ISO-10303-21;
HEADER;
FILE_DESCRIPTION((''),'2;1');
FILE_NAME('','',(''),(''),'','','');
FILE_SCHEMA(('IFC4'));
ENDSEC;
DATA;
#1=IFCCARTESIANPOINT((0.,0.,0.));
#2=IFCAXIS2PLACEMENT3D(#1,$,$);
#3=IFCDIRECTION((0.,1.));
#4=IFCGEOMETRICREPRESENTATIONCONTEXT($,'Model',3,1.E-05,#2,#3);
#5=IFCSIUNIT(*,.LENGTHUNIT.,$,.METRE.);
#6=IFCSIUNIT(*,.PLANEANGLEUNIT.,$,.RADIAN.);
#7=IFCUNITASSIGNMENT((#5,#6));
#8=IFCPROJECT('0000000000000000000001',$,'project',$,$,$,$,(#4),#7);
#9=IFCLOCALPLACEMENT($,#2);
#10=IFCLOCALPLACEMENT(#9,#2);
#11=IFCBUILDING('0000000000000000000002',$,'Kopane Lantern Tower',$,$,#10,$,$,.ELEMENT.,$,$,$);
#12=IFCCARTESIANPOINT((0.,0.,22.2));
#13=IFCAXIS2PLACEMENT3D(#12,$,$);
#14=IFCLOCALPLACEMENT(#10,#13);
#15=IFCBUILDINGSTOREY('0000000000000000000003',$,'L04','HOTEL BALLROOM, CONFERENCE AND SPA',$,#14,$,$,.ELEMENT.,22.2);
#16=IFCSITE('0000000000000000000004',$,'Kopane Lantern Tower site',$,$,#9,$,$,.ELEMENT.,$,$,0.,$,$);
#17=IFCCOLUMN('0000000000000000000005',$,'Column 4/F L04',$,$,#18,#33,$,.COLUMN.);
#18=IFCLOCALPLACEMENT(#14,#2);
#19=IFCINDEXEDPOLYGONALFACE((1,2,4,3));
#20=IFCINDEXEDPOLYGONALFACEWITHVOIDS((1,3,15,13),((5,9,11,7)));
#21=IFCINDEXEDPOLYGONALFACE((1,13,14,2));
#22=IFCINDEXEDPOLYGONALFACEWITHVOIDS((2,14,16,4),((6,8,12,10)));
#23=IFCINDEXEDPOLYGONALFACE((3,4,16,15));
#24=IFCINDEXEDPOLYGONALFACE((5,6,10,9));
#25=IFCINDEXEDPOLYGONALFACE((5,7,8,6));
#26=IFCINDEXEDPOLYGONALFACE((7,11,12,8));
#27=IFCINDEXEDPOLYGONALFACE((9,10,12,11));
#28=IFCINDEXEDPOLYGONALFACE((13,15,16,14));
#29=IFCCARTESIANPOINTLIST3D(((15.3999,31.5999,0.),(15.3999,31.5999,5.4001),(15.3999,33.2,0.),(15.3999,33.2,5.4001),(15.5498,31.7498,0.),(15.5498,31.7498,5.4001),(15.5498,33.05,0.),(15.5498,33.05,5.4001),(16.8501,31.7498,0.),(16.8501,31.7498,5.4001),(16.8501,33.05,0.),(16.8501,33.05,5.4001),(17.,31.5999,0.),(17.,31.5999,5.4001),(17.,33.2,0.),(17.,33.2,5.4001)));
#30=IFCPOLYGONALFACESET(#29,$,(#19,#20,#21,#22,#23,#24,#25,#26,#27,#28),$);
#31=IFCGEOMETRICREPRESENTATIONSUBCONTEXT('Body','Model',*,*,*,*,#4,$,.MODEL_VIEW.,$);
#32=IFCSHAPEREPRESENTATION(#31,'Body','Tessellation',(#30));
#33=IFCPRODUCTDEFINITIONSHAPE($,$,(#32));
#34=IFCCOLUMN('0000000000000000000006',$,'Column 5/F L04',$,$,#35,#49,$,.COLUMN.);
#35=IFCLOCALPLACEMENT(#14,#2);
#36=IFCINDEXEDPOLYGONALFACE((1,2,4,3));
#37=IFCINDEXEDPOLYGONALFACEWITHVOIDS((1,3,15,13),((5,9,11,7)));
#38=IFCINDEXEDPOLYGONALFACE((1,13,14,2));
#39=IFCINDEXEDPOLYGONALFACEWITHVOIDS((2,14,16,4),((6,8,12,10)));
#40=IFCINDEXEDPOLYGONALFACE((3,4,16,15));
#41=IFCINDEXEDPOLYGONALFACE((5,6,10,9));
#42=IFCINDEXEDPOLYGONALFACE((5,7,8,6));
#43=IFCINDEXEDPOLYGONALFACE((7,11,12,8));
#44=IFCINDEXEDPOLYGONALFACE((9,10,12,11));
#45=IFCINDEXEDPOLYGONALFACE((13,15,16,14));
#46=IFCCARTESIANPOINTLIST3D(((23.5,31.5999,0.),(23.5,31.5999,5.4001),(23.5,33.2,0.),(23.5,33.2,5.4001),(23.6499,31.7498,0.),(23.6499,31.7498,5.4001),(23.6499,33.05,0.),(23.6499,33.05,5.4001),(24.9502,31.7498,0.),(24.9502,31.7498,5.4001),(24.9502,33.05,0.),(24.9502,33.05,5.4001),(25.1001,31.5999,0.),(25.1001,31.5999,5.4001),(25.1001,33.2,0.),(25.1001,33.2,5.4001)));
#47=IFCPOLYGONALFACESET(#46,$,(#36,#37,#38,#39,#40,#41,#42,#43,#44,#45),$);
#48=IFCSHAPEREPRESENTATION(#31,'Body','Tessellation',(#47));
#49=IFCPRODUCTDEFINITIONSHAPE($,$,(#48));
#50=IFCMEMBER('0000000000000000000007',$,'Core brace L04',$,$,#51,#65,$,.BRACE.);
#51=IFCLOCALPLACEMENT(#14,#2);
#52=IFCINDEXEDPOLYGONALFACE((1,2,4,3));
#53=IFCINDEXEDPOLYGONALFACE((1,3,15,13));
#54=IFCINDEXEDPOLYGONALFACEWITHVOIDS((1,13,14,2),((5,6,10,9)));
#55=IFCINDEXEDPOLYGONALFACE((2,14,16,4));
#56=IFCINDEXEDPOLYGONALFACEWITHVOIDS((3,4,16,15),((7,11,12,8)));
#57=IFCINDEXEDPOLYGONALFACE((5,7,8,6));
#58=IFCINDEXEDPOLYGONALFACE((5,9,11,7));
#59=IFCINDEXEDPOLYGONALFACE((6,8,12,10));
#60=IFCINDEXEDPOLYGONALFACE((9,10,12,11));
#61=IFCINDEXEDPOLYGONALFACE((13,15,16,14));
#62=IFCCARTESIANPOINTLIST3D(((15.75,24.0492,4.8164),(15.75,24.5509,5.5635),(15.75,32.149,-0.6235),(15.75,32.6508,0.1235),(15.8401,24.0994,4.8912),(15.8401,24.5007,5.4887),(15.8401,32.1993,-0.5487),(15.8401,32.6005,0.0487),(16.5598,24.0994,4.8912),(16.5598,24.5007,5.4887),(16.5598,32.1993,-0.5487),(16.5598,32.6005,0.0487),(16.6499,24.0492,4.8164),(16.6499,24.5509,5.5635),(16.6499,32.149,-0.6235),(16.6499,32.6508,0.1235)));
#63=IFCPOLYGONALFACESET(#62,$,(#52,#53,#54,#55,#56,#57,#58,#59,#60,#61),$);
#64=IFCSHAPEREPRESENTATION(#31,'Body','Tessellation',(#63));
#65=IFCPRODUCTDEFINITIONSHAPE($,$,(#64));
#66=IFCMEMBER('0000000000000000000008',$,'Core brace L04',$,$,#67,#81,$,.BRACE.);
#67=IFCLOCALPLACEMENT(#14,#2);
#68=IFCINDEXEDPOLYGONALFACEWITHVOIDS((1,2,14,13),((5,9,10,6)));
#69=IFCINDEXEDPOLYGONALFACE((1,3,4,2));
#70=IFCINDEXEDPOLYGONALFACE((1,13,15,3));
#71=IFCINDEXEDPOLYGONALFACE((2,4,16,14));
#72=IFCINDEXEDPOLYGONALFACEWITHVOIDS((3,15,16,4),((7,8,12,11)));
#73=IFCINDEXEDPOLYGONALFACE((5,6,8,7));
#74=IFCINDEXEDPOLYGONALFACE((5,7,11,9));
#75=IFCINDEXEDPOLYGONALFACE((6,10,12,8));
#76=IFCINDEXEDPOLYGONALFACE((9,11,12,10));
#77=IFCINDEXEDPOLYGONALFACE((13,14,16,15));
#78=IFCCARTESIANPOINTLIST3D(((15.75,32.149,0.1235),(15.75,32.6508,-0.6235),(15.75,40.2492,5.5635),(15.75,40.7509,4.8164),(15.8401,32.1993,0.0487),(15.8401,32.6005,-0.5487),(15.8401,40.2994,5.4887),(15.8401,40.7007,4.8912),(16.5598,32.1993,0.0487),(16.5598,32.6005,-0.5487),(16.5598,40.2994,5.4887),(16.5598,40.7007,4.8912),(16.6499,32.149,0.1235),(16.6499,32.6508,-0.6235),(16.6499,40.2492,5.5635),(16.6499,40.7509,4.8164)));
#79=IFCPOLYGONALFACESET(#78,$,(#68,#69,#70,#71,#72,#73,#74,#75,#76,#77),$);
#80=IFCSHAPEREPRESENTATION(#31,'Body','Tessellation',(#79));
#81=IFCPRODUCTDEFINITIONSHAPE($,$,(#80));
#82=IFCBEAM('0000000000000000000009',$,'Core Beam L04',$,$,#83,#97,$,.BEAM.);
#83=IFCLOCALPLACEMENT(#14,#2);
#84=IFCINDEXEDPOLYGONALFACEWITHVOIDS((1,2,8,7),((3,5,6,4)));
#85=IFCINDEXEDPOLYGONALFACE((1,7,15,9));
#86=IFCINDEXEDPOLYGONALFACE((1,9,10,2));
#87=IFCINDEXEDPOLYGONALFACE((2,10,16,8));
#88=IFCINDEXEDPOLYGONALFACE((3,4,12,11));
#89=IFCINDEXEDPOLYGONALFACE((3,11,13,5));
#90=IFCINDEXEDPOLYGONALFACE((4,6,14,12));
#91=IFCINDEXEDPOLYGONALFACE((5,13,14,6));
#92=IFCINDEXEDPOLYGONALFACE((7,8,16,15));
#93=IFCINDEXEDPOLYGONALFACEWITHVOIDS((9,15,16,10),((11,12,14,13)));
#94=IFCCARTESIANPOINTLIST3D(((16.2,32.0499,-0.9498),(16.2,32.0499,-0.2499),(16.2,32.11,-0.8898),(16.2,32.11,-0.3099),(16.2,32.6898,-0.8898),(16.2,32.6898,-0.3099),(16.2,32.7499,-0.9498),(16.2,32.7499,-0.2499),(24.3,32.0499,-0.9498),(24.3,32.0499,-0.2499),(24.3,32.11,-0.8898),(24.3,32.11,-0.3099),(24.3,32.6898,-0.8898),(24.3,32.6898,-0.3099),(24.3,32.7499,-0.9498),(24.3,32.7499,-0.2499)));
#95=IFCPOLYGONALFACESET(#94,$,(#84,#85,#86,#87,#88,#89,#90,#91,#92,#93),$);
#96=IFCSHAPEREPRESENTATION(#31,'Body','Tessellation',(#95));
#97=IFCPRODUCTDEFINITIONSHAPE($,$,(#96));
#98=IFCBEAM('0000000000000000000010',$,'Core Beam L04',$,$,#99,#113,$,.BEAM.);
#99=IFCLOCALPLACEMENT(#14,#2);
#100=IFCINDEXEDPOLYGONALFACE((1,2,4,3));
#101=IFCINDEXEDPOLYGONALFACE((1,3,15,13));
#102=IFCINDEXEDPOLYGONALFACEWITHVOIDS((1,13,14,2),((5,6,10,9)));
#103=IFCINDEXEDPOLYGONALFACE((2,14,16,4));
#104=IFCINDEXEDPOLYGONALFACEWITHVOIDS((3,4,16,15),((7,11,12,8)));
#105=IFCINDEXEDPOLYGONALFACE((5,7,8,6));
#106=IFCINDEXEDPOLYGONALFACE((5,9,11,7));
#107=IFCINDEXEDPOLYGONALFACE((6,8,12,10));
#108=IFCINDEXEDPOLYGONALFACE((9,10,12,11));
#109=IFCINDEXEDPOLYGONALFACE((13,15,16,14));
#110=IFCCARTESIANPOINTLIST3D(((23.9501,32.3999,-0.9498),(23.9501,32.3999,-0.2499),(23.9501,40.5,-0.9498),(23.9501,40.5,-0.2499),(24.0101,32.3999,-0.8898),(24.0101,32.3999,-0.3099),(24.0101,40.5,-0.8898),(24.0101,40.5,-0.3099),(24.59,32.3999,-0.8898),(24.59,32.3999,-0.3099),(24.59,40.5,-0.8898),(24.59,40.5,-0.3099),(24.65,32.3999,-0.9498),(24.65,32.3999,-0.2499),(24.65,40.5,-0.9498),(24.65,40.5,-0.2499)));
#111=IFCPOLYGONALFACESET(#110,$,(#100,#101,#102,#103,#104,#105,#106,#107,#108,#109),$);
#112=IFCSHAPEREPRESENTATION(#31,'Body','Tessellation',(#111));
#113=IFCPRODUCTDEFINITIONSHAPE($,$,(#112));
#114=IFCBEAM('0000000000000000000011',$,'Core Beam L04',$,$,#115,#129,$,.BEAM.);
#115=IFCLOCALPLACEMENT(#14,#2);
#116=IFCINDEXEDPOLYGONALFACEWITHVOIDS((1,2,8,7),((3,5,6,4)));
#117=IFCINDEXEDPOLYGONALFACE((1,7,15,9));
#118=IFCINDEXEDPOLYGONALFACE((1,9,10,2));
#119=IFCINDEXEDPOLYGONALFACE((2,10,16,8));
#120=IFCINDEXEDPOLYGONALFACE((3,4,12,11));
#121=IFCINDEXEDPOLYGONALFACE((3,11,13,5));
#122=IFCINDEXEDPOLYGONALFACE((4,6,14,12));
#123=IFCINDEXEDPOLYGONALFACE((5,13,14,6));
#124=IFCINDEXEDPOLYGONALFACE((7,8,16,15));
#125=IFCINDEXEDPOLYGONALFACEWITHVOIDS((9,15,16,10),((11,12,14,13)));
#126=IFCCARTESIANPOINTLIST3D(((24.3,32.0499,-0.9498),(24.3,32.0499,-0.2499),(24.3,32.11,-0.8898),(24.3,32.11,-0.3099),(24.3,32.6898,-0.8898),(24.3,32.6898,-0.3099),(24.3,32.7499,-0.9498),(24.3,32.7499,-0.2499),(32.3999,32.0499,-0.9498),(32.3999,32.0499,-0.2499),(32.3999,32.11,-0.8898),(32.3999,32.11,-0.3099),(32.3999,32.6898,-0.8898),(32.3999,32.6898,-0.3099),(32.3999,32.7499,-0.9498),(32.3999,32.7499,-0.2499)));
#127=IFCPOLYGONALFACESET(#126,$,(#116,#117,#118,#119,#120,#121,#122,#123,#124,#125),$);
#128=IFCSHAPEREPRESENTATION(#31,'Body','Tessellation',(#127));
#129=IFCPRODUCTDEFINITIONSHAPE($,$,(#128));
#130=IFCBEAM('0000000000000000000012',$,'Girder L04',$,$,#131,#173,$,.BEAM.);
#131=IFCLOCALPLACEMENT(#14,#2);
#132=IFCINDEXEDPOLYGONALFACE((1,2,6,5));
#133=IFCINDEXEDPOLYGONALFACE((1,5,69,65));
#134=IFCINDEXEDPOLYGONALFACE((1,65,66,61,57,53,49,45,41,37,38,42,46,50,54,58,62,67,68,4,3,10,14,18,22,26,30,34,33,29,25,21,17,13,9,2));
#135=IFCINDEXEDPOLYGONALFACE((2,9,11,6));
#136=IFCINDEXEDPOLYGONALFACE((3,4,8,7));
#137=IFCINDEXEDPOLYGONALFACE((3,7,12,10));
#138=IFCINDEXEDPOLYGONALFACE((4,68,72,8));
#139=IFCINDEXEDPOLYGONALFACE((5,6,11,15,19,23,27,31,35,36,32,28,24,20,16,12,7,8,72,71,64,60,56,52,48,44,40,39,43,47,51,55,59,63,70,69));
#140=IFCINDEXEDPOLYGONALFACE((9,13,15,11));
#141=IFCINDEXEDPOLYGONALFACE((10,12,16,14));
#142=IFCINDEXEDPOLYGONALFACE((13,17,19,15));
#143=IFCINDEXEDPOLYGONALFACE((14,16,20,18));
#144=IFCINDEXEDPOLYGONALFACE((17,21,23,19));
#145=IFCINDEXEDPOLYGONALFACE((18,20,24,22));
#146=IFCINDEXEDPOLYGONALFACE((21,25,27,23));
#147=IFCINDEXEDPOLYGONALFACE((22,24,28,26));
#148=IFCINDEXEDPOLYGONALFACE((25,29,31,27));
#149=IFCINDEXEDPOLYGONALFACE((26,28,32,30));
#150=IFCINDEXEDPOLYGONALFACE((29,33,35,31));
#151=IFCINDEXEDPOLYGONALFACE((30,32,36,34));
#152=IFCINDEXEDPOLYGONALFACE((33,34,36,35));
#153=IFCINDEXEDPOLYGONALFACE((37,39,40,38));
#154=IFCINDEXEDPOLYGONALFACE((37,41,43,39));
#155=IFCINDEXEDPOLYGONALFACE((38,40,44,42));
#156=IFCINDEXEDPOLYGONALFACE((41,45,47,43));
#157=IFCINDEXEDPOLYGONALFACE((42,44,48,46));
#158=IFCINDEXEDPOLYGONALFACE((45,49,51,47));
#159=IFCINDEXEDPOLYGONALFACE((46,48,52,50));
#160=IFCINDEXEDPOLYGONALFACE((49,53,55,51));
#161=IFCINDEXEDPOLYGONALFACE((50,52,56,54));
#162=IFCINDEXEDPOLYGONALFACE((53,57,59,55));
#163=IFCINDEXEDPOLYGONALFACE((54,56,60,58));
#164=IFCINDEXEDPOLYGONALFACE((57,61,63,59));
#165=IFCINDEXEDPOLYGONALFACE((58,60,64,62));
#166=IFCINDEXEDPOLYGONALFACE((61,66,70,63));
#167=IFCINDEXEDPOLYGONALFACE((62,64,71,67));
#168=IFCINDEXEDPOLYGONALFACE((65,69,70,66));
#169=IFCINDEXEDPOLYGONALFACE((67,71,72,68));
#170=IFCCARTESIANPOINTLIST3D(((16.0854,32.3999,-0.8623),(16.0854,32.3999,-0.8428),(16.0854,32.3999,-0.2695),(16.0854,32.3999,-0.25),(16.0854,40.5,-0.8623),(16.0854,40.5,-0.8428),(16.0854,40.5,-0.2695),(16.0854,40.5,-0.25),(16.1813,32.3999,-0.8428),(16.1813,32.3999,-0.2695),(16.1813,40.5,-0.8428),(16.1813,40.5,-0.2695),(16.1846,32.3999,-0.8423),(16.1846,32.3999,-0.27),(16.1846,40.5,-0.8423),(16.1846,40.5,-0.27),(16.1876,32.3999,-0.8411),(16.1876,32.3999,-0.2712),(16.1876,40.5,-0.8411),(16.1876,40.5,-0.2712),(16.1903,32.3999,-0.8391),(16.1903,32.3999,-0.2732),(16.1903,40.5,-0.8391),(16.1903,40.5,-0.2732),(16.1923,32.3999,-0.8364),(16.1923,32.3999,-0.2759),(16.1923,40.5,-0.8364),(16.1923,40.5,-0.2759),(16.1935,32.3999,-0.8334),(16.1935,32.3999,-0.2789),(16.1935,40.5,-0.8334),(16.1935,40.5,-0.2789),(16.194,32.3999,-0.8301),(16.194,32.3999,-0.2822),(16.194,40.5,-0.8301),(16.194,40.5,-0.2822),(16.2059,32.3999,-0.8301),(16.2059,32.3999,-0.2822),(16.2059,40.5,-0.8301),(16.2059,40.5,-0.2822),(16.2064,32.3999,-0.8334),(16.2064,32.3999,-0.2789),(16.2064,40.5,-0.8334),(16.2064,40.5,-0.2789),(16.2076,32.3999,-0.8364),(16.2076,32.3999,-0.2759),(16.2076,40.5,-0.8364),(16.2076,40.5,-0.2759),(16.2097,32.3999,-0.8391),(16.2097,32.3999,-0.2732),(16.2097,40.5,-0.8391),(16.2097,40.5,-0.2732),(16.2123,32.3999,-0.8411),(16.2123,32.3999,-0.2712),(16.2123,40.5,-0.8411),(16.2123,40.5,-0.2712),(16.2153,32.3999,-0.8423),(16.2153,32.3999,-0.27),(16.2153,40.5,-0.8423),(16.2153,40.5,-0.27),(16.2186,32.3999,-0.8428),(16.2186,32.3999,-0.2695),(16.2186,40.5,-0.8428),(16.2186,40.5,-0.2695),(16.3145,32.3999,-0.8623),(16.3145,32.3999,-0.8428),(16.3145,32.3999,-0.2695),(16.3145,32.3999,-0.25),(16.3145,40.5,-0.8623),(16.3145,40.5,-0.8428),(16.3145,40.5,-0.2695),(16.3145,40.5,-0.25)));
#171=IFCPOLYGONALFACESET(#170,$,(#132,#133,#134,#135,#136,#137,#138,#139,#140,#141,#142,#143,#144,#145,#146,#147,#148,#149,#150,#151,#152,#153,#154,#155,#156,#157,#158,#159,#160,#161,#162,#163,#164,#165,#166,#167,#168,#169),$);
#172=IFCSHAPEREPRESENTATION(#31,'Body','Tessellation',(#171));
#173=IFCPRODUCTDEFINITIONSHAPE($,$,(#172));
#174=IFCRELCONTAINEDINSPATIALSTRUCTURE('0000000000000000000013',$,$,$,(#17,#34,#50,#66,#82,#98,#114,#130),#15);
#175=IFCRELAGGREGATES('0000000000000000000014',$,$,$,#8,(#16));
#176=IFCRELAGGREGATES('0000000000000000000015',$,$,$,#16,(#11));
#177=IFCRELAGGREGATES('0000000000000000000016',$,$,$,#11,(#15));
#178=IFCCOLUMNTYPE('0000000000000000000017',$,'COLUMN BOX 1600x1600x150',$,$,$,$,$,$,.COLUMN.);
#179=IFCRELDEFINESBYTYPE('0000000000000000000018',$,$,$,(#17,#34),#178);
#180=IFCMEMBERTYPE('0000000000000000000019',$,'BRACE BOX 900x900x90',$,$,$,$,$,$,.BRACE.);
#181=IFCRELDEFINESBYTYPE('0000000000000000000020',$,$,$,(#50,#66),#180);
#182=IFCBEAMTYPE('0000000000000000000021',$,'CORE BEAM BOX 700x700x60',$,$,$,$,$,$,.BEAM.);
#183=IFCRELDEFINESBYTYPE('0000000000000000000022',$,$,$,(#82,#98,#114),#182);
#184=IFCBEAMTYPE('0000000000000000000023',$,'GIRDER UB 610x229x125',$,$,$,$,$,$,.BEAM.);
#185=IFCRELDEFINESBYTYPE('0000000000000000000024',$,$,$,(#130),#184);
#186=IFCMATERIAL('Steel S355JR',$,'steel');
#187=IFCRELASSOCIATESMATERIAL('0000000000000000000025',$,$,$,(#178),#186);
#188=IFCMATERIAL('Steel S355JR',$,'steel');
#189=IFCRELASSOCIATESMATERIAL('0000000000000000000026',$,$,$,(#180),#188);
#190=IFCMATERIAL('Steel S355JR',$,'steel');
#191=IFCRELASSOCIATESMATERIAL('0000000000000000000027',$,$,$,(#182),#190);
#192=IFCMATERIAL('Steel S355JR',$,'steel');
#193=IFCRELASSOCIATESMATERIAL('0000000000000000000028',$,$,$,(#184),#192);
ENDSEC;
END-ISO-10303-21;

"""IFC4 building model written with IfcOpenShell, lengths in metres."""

from ifc_helpers import new_model, si_unit, direction, frame, origin, origin_2d, place, context, subcontext, project, spatial, hollow_rectangle, i_section, extrude, material, material_profile, profile_set, type_object, element, save


model = new_model("IFC4")

# Units and contexts
model_context = context("Model", 3, precision=1e-05, world=origin(), true_north=direction((0.0, 1.0)))
body_context = subcontext(model_context, "Body", "Model", "MODEL_VIEW")
ifc_project = project(units=[si_unit("LENGTHUNIT", "METRE"), si_unit("PLANEANGLEUNIT", "RADIAN")], contexts=[model_context])

# Site, building, storey
site_placement = place(None, origin())
site = spatial("IfcSite", under=ifc_project, at=site_placement, Name="Kopane Lantern Tower site", CompositionType="ELEMENT", RefElevation=0.0)
building_placement = place(site_placement, origin())
building = spatial("IfcBuilding", under=site, at=building_placement, Name="Kopane Lantern Tower", CompositionType="ELEMENT")
storey_placement = place(building_placement, frame((0.0, 0.0, 22.2)))
storey = spatial("IfcBuildingStorey", under=building, at=storey_placement, Name="L04", Description="HOTEL BALLROOM, CONFERENCE AND SPA", CompositionType="ELEMENT", Elevation=22.2)

# Columns
ifc_material_1 = material(Name="Steel S355JR", Category="steel")
ifc_material_profile_1 = material_profile(ifc_material_1, hollow_rectangle(XDim=1.6001, YDim=1.6001, WallThickness=0.1499, at=origin_2d()), Name="BOX 1600x1600x150")
ifc_profile_set_1 = profile_set([ifc_material_profile_1], Name="Steel S355JR")
column_type = type_object("IfcColumnType", Name="COLUMN BOX 1600x1600x150", PredefinedType="COLUMN", material=ifc_profile_set_1)
for number, where, z_axis, x_axis, name in (
    (1, (16.2, 32.3999, 0.0), (0.0, 0.0, 1.0), (1.0, 0.0, 0.0), "Column 4/F L04"),
    (2, (24.3, 32.3999, 0.0), (0.0, 0.0, 1.0), (1.0, 0.0, 0.0), "Column 5/F L04"),
):
    element("IfcColumn", number, at=place(storey_placement, frame(where, z_axis=z_axis, x_axis=x_axis)), inside=storey, type_object=column_type, Name=name, PredefinedType="COLUMN", context=body_context, shape_type="SweptSolid", body=[
        extrude(hollow_rectangle(XDim=1.6001, YDim=1.6001, WallThickness=0.1499, at=origin_2d()), origin(), (0.0, 0.0, 1.0), 5.4001),
    ])

# Members
ifc_material_2 = material(Name="Steel S355JR", Category="steel")
ifc_material_profile_2 = material_profile(ifc_material_2, hollow_rectangle(XDim=0.8999, YDim=0.8999, WallThickness=0.0901, at=origin_2d()), Name="BOX 900x900x90")
ifc_profile_set_2 = profile_set([ifc_material_profile_2], Name="Steel S355JR")
member_type = type_object("IfcMemberType", Name="BRACE BOX 900x900x90", PredefinedType="BRACE", material=ifc_profile_set_2)
member_1_placement = place(storey_placement, frame((16.2, 32.3999, -0.25), z_axis=(0.0, -0.830151, 0.557538), x_axis=(1.0, 0.0, 0.0)))
element("IfcMember", 3, at=member_1_placement, inside=storey, type_object=member_type, Name="Core brace L04", PredefinedType="BRACE", context=body_context, shape_type="SweptSolid", body=[
    extrude(hollow_rectangle(XDim=0.8999, YDim=0.8999, WallThickness=0.0901, at=origin_2d()), origin(), (0.0, 0.0, 1.0), 9.7571),
])
member_2_placement = place(storey_placement, frame((16.2, 32.3999, -0.25), z_axis=(0.0, 0.830159, 0.557526), x_axis=(-1.0, 0.0, 0.0)))
element("IfcMember", 4, at=member_2_placement, inside=storey, type_object=member_type, Name="Core brace L04", PredefinedType="BRACE", context=body_context, shape_type="SweptSolid", body=[
    extrude(hollow_rectangle(XDim=0.8999, YDim=0.8999, WallThickness=0.0901, at=origin_2d()), origin(), (0.0, 0.0, 1.0), 9.7573),
])

# Beams
ifc_material_3 = material(Name="Steel S355JR", Category="steel")
ifc_material_profile_3 = material_profile(ifc_material_3, hollow_rectangle(XDim=0.7, YDim=0.7, WallThickness=0.0601, at=origin_2d()), Name="BOX 700x700x60")
ifc_profile_set_3 = profile_set([ifc_material_profile_3], Name="Steel S355JR")
beam_type_1 = type_object("IfcBeamType", Name="CORE BEAM BOX 700x700x60", PredefinedType="BEAM", material=ifc_profile_set_3)
for number, where, z_axis, x_axis, name in (
    (5, (16.2, 32.3999, -0.5999), (1.0, 0.0, 0.0), (0.0, 1.0, 0.0), "Core Beam L04"),
    (6, (24.3, 32.3999, -0.5999), (0.0, 1.0, 0.0), (-1.0, 0.0, 0.0), "Core Beam L04"),
):
    element("IfcBeam", number, at=place(storey_placement, frame(where, z_axis=z_axis, x_axis=x_axis)), inside=storey, type_object=beam_type_1, Name=name, PredefinedType="BEAM", context=body_context, shape_type="SweptSolid", body=[
        extrude(hollow_rectangle(XDim=0.7, YDim=0.7, WallThickness=0.0601, at=origin_2d()), origin(), (0.0, 0.0, 1.0), 8.1001),
    ])
beam_1_placement = place(storey_placement, frame((24.3, 32.3999, -0.5999), z_axis=(1.0, 0.0, 0.0), x_axis=(0.0, 1.0, 0.0)))
element("IfcBeam", 7, at=beam_1_placement, inside=storey, type_object=beam_type_1, Name="Core Beam L04", PredefinedType="BEAM", context=body_context, shape_type="SweptSolid", body=[
    extrude(hollow_rectangle(XDim=0.7, YDim=0.7, WallThickness=0.0601, at=origin_2d()), origin(), (0.0, 0.0, 1.0), 8.0999),
])
ifc_material_4 = material(Name="Steel S355JR", Category="steel")
ifc_material_profile_4 = material_profile(ifc_material_4, i_section(OverallWidth=0.229, OverallDepth=0.6123, WebThickness=0.012, FlangeThickness=0.0195, FilletRadius=0.0127, at=origin_2d()), Name="UB 610x229x125")
ifc_profile_set_4 = profile_set([ifc_material_profile_4], Name="Steel S355JR")
beam_type_2 = type_object("IfcBeamType", Name="GIRDER UB 610x229x125", PredefinedType="BEAM", material=ifc_profile_set_4)
beam_2_placement = place(storey_placement, frame((16.2, 32.3999, -0.5562), z_axis=(0.0, 1.0, 0.0), x_axis=(-1.0, 0.0, 0.0)))
element("IfcBeam", 8, at=beam_2_placement, inside=storey, type_object=beam_type_2, Name="Girder L04", PredefinedType="BEAM", context=body_context, shape_type="SweptSolid", body=[
    extrude(i_section(OverallWidth=0.229, OverallDepth=0.6123, WebThickness=0.012, FlangeThickness=0.0195, FilletRadius=0.0127, at=origin_2d()), origin(), (0.0, 0.0, 1.0), 8.1001),
])

save(model, "model.ifc")
